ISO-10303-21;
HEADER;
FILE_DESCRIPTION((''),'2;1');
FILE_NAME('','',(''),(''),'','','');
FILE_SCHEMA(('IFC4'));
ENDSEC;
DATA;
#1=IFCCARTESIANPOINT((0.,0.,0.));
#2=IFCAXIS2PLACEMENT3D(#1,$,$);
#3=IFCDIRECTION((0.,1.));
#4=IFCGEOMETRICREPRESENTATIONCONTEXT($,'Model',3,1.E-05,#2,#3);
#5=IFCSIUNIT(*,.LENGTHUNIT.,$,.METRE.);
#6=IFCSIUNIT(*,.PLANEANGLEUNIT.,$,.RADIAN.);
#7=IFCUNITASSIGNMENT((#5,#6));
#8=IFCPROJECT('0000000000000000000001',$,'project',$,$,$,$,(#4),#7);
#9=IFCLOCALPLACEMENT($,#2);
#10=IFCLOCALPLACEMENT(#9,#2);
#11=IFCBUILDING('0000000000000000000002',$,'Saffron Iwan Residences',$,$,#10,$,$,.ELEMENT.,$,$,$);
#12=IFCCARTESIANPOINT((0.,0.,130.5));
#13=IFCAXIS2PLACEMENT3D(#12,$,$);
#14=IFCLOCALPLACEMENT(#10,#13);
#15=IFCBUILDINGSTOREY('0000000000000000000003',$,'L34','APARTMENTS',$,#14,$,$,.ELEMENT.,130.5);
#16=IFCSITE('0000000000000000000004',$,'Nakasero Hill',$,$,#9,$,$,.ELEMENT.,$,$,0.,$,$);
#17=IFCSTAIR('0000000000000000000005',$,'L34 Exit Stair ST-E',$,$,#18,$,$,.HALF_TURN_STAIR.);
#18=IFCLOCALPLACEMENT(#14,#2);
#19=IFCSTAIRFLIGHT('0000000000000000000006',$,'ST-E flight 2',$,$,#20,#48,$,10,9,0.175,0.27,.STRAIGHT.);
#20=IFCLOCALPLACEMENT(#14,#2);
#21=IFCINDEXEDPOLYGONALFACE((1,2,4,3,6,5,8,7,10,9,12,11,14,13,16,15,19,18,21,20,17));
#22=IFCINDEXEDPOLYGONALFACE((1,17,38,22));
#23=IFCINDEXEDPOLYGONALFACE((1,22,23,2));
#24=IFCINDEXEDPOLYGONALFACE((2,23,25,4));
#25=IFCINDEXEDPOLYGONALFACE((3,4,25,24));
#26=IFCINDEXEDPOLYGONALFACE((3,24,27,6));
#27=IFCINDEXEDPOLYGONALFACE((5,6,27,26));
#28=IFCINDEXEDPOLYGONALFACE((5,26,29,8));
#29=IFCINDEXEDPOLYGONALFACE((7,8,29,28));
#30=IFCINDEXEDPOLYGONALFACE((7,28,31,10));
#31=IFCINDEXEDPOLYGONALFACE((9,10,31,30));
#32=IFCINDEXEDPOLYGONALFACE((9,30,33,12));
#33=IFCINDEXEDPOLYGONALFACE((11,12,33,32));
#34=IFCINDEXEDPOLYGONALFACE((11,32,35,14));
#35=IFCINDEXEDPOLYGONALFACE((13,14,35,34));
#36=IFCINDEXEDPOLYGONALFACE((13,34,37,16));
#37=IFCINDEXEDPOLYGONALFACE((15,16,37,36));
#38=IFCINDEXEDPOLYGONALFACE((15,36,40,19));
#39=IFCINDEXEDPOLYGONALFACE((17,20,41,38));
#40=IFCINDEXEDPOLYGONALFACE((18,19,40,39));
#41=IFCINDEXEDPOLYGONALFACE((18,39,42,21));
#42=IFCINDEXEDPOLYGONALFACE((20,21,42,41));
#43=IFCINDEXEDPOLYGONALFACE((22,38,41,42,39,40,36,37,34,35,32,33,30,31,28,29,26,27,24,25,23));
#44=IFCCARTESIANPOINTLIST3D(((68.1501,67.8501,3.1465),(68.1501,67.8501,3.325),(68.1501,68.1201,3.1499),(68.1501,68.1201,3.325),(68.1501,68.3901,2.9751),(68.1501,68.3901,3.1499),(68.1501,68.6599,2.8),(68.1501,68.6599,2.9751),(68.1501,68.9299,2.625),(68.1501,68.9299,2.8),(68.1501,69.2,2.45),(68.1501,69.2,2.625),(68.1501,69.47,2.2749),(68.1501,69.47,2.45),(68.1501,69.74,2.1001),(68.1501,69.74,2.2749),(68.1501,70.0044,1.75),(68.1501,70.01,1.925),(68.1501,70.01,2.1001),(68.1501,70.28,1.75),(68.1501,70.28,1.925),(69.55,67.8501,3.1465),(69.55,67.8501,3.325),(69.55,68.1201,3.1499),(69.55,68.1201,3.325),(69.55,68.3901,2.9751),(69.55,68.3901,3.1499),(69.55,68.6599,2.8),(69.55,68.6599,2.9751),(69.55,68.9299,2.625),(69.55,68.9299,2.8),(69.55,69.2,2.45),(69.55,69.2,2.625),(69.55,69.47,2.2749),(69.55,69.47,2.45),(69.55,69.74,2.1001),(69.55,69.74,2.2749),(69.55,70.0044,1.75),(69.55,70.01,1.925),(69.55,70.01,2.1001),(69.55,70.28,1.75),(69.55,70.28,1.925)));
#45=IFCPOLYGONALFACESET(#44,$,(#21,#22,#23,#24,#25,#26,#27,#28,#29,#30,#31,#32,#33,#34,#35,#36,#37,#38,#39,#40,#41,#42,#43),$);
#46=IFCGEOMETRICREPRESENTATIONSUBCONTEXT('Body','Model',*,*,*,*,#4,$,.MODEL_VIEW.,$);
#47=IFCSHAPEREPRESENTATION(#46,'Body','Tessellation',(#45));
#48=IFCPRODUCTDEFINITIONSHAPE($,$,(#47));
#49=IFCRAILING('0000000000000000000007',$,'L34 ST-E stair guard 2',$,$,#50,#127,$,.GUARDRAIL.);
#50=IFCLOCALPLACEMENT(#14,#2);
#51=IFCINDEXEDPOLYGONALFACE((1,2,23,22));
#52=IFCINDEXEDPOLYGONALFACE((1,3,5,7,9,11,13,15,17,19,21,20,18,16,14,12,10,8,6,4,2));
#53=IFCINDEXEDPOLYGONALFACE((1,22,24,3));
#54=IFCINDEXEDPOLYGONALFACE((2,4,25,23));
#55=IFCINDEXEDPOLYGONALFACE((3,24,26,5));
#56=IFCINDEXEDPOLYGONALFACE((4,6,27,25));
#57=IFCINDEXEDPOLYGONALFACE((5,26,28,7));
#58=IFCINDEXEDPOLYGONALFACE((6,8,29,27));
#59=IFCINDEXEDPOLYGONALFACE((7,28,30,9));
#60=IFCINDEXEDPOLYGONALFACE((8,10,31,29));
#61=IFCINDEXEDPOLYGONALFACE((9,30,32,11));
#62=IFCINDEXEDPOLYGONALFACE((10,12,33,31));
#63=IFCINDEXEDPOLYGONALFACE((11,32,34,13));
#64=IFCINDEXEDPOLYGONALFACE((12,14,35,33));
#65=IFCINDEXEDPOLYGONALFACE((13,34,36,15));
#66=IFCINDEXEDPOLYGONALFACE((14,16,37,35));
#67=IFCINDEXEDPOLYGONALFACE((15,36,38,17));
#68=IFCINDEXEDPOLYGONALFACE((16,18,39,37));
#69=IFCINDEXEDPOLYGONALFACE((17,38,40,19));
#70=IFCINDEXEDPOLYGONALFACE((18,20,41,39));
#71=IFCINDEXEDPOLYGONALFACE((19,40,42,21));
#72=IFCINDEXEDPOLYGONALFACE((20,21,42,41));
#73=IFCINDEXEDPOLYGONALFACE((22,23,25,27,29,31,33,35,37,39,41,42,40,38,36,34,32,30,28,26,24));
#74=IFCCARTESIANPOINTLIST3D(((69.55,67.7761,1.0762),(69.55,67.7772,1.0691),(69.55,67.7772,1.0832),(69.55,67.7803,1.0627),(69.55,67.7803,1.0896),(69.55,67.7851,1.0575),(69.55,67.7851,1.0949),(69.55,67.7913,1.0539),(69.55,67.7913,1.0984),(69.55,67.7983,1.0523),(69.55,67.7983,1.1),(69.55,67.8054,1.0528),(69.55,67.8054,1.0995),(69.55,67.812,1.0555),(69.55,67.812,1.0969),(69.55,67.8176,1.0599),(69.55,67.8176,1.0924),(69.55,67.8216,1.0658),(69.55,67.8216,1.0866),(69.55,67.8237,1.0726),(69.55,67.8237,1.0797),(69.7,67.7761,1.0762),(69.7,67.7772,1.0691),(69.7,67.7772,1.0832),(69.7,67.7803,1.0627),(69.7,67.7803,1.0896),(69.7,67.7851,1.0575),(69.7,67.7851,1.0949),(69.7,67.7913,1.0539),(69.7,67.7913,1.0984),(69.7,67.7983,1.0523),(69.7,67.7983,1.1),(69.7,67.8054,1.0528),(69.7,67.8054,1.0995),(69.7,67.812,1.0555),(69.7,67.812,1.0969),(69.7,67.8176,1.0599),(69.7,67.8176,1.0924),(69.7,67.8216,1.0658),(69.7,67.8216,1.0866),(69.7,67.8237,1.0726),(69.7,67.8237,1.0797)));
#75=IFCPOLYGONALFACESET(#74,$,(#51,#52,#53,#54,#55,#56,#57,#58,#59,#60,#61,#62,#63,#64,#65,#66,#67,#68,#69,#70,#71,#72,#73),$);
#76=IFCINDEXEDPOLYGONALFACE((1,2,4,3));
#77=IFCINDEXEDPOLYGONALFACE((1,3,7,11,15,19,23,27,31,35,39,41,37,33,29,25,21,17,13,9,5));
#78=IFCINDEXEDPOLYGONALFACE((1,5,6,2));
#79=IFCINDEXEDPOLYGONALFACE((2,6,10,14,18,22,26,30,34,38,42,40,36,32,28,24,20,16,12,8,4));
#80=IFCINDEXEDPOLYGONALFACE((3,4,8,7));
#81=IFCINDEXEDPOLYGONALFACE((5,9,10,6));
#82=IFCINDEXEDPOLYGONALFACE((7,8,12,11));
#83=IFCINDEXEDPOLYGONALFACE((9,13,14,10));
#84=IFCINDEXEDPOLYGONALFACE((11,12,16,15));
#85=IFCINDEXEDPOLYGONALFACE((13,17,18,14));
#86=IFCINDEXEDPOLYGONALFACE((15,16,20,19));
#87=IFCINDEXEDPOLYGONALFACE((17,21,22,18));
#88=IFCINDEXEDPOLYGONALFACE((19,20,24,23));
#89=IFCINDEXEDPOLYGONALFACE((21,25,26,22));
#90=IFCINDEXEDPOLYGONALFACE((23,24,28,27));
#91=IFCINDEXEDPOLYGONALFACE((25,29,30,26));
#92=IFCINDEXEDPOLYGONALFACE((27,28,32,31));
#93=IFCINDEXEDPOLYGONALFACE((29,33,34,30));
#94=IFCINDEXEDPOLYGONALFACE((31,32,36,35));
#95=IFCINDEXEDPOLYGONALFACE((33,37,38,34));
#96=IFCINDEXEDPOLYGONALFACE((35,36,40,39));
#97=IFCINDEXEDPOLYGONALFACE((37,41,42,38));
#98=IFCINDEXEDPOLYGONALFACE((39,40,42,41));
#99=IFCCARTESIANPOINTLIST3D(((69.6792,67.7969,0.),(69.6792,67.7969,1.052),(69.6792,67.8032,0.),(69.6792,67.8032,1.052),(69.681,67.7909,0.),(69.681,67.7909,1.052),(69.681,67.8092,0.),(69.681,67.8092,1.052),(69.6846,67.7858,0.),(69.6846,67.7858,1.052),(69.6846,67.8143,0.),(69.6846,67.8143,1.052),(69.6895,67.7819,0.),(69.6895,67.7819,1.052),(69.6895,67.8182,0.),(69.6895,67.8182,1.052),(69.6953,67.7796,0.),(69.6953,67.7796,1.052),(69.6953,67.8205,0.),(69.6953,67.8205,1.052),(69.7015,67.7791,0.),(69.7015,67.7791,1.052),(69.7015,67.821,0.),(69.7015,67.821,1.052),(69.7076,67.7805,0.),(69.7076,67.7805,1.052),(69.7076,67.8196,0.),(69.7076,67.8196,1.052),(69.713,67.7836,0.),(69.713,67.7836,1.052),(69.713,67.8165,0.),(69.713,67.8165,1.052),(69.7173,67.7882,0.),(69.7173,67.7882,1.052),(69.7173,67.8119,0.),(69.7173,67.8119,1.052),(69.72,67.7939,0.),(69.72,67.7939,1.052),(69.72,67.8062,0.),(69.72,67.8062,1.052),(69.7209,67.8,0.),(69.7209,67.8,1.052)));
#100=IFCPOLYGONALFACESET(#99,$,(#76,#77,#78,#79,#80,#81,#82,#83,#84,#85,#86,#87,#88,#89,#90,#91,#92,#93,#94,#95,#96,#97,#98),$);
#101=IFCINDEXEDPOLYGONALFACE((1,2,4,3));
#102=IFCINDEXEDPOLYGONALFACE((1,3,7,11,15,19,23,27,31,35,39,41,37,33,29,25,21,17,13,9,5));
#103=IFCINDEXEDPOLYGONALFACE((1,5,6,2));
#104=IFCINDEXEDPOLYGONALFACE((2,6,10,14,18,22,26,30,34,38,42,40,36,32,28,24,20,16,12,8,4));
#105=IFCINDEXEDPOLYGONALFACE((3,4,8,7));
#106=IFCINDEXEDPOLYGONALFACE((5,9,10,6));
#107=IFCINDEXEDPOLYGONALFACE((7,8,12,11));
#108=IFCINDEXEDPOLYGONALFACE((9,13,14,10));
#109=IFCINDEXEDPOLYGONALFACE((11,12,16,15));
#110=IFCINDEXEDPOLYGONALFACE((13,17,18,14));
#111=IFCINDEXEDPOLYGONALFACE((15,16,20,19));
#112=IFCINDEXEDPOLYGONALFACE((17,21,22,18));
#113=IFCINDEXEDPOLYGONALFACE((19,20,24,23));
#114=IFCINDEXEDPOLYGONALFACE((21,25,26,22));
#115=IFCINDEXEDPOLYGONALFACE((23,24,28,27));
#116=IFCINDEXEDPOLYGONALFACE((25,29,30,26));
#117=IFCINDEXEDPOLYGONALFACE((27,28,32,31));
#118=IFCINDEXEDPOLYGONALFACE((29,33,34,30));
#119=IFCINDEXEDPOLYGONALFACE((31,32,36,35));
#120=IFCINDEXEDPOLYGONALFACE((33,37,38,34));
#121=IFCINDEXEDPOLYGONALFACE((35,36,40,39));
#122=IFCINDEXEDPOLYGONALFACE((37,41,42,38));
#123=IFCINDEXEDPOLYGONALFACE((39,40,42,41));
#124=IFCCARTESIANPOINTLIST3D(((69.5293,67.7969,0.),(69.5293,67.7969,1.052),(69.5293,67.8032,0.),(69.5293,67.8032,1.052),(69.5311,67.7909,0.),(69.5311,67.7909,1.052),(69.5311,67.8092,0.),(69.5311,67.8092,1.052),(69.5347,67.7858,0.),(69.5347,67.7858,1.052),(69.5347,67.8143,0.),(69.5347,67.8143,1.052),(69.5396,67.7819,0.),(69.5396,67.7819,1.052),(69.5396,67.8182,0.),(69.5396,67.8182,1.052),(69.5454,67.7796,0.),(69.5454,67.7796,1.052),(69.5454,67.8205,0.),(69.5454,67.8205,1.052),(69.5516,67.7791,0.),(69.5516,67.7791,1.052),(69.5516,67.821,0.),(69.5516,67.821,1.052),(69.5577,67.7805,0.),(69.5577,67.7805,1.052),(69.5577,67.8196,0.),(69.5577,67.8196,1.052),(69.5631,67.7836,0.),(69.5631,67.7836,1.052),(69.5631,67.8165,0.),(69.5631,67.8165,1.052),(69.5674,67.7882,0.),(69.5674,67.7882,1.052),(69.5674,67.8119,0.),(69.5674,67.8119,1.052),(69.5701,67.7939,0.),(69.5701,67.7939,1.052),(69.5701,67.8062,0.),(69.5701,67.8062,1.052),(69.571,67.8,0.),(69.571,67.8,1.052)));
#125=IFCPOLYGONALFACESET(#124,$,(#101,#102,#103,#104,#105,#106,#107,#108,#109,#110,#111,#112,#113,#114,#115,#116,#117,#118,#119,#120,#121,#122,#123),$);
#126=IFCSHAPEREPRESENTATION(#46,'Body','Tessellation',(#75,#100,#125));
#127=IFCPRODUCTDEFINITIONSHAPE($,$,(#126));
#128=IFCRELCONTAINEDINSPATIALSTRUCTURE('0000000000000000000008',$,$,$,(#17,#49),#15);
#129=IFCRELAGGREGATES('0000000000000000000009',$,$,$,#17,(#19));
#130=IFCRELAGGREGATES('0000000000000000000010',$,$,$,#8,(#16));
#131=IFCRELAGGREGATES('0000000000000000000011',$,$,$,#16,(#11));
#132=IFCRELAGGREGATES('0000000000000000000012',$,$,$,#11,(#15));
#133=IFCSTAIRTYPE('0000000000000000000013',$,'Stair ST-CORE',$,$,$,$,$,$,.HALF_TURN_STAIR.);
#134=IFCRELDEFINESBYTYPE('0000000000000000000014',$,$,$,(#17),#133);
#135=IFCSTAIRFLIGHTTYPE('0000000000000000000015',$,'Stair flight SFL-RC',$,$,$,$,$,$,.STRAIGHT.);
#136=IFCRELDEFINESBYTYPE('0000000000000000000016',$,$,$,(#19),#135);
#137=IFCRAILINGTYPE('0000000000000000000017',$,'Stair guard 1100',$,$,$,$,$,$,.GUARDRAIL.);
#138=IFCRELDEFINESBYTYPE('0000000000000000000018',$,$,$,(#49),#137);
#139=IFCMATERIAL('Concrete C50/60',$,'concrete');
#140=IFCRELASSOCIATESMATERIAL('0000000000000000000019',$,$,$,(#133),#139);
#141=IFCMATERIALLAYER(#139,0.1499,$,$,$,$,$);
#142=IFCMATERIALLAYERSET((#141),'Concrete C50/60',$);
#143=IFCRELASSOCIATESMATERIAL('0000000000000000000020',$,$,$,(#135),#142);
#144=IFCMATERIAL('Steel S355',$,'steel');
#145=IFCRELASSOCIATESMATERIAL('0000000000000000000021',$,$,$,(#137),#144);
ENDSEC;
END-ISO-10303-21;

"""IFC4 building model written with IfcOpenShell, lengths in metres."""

from ifc_helpers import new_model, si_unit, direction, frame, origin, origin_2d, place, context, subcontext, project, spatial, polyline, circle, outline, extrude, material, layer, layer_set, type_object, element, aggregate, save


model = new_model("IFC4")

# Units and contexts
model_context = context("Model", 3, precision=1e-05, world=origin(), true_north=direction((0.0, 1.0)))
body_context = subcontext(model_context, "Body", "Model", "MODEL_VIEW")
ifc_project = project(units=[si_unit("LENGTHUNIT", "METRE"), si_unit("PLANEANGLEUNIT", "RADIAN")], contexts=[model_context])

# Site, building, storey
site_placement = place(None, origin())
site = spatial("IfcSite", under=ifc_project, at=site_placement, Name="Nakasero Hill", CompositionType="ELEMENT", RefElevation=0.0)
building_placement = place(site_placement, origin())
building = spatial("IfcBuilding", under=site, at=building_placement, Name="Saffron Iwan Residences", CompositionType="ELEMENT")
storey_placement = place(building_placement, frame((0.0, 0.0, 130.5)))
storey = spatial("IfcBuildingStorey", under=building, at=storey_placement, Name="L34", Description="APARTMENTS", CompositionType="ELEMENT", Elevation=130.5)

# Shared definitions
ifc_material_1 = material(Name="Concrete C50/60", Category="concrete")

# Stair, stair flight
stair_type = type_object("IfcStairType", Name="Stair ST-CORE", PredefinedType="HALF_TURN_STAIR", material=ifc_material_1)
stair_placement = place(storey_placement, origin())
stair = element("IfcStair", 1, at=stair_placement, inside=storey, type_object=stair_type, Name="L34 Exit Stair ST-E", PredefinedType="HALF_TURN_STAIR")
ifc_layer_1 = layer(ifc_material_1, 0.1499)
ifc_layer_set_1 = layer_set([ifc_layer_1], Name="Concrete C50/60")
stair_flight_type = type_object("IfcStairFlightType", Name="Stair flight SFL-RC", PredefinedType="STRAIGHT", material=ifc_layer_set_1)
stair_flight_1_placement = place(storey_placement, frame((68.8501, 70.28, 1.75), z_axis=(0.0, 0.0, 1.0), x_axis=(0.0, -1.0, 0.0)))
stair_flight_1 = element("IfcStairFlight", 2, at=stair_flight_1_placement, type_object=stair_flight_type, Name="ST-E flight 2", NumberOfRisers=10, NumberOfTreads=9, PredefinedType="STRAIGHT", RiserHeight=0.175, TreadLength=0.27, context=body_context, shape_type="SweptSolid", body=[
    extrude(outline(polyline([(0.0, 0.0), (0.0, 0.175), (0.27, 0.175), (0.27, 0.3501), (0.54, 0.3501), (0.54, 0.5249), (0.8101, 0.5249), (0.8101, 0.7), (1.0801, 0.7), (1.0801, 0.875), (1.3501, 0.875), (1.3501, 1.05), (1.6201, 1.05), (1.6201, 1.2251), (1.8899, 1.2251), (1.8899, 1.3999), (2.1599, 1.3999), (2.1599, 1.575), (2.4299, 1.575), (2.4299, 1.75), (2.4299, 1.3965), (0.2756, 0.0), (0.0, 0.0)])), frame((0.0, 0.7, 0.0), z_axis=(0.0, -1.0, 0.0), x_axis=(1.0, 0.0, 0.0)), (0.0, 0.0, 1.0), 1.3999),
])
aggregate(stair, [stair_flight_1])

# Railing
ifc_material_2 = material(Name="Steel S355", Category="steel")
railing_type_1 = type_object("IfcRailingType", Name="Stair guard 1100", PredefinedType="GUARDRAIL", material=ifc_material_2)
railing_1_placement = place(storey_placement, frame((69.7, 67.8, 0.0)))
element("IfcRailing", 3, at=railing_1_placement, inside=storey, type_object=railing_type_1, Name="L34 ST-E stair guard 2", PredefinedType="GUARDRAIL", context=body_context, shape_type="SweptSolid", body=[
    extrude(circle(Radius=0.0239, at=origin_2d()), frame((0.0, 0.0, 1.0762), z_axis=(-1.0, 0.0, 0.0), x_axis=(0.0, -1.0, 0.0)), (0.0, 0.0, 1.0), 0.1499),
    extrude(circle(Radius=0.021, at=origin_2d()), origin(), (0.0, 0.0, 1.0), 1.052),
    extrude(circle(Radius=0.021, at=origin_2d()), frame((-0.1499, 0.0, 0.0)), (0.0, 0.0, 1.0), 1.052),
])

save(model, "model.ifc")
